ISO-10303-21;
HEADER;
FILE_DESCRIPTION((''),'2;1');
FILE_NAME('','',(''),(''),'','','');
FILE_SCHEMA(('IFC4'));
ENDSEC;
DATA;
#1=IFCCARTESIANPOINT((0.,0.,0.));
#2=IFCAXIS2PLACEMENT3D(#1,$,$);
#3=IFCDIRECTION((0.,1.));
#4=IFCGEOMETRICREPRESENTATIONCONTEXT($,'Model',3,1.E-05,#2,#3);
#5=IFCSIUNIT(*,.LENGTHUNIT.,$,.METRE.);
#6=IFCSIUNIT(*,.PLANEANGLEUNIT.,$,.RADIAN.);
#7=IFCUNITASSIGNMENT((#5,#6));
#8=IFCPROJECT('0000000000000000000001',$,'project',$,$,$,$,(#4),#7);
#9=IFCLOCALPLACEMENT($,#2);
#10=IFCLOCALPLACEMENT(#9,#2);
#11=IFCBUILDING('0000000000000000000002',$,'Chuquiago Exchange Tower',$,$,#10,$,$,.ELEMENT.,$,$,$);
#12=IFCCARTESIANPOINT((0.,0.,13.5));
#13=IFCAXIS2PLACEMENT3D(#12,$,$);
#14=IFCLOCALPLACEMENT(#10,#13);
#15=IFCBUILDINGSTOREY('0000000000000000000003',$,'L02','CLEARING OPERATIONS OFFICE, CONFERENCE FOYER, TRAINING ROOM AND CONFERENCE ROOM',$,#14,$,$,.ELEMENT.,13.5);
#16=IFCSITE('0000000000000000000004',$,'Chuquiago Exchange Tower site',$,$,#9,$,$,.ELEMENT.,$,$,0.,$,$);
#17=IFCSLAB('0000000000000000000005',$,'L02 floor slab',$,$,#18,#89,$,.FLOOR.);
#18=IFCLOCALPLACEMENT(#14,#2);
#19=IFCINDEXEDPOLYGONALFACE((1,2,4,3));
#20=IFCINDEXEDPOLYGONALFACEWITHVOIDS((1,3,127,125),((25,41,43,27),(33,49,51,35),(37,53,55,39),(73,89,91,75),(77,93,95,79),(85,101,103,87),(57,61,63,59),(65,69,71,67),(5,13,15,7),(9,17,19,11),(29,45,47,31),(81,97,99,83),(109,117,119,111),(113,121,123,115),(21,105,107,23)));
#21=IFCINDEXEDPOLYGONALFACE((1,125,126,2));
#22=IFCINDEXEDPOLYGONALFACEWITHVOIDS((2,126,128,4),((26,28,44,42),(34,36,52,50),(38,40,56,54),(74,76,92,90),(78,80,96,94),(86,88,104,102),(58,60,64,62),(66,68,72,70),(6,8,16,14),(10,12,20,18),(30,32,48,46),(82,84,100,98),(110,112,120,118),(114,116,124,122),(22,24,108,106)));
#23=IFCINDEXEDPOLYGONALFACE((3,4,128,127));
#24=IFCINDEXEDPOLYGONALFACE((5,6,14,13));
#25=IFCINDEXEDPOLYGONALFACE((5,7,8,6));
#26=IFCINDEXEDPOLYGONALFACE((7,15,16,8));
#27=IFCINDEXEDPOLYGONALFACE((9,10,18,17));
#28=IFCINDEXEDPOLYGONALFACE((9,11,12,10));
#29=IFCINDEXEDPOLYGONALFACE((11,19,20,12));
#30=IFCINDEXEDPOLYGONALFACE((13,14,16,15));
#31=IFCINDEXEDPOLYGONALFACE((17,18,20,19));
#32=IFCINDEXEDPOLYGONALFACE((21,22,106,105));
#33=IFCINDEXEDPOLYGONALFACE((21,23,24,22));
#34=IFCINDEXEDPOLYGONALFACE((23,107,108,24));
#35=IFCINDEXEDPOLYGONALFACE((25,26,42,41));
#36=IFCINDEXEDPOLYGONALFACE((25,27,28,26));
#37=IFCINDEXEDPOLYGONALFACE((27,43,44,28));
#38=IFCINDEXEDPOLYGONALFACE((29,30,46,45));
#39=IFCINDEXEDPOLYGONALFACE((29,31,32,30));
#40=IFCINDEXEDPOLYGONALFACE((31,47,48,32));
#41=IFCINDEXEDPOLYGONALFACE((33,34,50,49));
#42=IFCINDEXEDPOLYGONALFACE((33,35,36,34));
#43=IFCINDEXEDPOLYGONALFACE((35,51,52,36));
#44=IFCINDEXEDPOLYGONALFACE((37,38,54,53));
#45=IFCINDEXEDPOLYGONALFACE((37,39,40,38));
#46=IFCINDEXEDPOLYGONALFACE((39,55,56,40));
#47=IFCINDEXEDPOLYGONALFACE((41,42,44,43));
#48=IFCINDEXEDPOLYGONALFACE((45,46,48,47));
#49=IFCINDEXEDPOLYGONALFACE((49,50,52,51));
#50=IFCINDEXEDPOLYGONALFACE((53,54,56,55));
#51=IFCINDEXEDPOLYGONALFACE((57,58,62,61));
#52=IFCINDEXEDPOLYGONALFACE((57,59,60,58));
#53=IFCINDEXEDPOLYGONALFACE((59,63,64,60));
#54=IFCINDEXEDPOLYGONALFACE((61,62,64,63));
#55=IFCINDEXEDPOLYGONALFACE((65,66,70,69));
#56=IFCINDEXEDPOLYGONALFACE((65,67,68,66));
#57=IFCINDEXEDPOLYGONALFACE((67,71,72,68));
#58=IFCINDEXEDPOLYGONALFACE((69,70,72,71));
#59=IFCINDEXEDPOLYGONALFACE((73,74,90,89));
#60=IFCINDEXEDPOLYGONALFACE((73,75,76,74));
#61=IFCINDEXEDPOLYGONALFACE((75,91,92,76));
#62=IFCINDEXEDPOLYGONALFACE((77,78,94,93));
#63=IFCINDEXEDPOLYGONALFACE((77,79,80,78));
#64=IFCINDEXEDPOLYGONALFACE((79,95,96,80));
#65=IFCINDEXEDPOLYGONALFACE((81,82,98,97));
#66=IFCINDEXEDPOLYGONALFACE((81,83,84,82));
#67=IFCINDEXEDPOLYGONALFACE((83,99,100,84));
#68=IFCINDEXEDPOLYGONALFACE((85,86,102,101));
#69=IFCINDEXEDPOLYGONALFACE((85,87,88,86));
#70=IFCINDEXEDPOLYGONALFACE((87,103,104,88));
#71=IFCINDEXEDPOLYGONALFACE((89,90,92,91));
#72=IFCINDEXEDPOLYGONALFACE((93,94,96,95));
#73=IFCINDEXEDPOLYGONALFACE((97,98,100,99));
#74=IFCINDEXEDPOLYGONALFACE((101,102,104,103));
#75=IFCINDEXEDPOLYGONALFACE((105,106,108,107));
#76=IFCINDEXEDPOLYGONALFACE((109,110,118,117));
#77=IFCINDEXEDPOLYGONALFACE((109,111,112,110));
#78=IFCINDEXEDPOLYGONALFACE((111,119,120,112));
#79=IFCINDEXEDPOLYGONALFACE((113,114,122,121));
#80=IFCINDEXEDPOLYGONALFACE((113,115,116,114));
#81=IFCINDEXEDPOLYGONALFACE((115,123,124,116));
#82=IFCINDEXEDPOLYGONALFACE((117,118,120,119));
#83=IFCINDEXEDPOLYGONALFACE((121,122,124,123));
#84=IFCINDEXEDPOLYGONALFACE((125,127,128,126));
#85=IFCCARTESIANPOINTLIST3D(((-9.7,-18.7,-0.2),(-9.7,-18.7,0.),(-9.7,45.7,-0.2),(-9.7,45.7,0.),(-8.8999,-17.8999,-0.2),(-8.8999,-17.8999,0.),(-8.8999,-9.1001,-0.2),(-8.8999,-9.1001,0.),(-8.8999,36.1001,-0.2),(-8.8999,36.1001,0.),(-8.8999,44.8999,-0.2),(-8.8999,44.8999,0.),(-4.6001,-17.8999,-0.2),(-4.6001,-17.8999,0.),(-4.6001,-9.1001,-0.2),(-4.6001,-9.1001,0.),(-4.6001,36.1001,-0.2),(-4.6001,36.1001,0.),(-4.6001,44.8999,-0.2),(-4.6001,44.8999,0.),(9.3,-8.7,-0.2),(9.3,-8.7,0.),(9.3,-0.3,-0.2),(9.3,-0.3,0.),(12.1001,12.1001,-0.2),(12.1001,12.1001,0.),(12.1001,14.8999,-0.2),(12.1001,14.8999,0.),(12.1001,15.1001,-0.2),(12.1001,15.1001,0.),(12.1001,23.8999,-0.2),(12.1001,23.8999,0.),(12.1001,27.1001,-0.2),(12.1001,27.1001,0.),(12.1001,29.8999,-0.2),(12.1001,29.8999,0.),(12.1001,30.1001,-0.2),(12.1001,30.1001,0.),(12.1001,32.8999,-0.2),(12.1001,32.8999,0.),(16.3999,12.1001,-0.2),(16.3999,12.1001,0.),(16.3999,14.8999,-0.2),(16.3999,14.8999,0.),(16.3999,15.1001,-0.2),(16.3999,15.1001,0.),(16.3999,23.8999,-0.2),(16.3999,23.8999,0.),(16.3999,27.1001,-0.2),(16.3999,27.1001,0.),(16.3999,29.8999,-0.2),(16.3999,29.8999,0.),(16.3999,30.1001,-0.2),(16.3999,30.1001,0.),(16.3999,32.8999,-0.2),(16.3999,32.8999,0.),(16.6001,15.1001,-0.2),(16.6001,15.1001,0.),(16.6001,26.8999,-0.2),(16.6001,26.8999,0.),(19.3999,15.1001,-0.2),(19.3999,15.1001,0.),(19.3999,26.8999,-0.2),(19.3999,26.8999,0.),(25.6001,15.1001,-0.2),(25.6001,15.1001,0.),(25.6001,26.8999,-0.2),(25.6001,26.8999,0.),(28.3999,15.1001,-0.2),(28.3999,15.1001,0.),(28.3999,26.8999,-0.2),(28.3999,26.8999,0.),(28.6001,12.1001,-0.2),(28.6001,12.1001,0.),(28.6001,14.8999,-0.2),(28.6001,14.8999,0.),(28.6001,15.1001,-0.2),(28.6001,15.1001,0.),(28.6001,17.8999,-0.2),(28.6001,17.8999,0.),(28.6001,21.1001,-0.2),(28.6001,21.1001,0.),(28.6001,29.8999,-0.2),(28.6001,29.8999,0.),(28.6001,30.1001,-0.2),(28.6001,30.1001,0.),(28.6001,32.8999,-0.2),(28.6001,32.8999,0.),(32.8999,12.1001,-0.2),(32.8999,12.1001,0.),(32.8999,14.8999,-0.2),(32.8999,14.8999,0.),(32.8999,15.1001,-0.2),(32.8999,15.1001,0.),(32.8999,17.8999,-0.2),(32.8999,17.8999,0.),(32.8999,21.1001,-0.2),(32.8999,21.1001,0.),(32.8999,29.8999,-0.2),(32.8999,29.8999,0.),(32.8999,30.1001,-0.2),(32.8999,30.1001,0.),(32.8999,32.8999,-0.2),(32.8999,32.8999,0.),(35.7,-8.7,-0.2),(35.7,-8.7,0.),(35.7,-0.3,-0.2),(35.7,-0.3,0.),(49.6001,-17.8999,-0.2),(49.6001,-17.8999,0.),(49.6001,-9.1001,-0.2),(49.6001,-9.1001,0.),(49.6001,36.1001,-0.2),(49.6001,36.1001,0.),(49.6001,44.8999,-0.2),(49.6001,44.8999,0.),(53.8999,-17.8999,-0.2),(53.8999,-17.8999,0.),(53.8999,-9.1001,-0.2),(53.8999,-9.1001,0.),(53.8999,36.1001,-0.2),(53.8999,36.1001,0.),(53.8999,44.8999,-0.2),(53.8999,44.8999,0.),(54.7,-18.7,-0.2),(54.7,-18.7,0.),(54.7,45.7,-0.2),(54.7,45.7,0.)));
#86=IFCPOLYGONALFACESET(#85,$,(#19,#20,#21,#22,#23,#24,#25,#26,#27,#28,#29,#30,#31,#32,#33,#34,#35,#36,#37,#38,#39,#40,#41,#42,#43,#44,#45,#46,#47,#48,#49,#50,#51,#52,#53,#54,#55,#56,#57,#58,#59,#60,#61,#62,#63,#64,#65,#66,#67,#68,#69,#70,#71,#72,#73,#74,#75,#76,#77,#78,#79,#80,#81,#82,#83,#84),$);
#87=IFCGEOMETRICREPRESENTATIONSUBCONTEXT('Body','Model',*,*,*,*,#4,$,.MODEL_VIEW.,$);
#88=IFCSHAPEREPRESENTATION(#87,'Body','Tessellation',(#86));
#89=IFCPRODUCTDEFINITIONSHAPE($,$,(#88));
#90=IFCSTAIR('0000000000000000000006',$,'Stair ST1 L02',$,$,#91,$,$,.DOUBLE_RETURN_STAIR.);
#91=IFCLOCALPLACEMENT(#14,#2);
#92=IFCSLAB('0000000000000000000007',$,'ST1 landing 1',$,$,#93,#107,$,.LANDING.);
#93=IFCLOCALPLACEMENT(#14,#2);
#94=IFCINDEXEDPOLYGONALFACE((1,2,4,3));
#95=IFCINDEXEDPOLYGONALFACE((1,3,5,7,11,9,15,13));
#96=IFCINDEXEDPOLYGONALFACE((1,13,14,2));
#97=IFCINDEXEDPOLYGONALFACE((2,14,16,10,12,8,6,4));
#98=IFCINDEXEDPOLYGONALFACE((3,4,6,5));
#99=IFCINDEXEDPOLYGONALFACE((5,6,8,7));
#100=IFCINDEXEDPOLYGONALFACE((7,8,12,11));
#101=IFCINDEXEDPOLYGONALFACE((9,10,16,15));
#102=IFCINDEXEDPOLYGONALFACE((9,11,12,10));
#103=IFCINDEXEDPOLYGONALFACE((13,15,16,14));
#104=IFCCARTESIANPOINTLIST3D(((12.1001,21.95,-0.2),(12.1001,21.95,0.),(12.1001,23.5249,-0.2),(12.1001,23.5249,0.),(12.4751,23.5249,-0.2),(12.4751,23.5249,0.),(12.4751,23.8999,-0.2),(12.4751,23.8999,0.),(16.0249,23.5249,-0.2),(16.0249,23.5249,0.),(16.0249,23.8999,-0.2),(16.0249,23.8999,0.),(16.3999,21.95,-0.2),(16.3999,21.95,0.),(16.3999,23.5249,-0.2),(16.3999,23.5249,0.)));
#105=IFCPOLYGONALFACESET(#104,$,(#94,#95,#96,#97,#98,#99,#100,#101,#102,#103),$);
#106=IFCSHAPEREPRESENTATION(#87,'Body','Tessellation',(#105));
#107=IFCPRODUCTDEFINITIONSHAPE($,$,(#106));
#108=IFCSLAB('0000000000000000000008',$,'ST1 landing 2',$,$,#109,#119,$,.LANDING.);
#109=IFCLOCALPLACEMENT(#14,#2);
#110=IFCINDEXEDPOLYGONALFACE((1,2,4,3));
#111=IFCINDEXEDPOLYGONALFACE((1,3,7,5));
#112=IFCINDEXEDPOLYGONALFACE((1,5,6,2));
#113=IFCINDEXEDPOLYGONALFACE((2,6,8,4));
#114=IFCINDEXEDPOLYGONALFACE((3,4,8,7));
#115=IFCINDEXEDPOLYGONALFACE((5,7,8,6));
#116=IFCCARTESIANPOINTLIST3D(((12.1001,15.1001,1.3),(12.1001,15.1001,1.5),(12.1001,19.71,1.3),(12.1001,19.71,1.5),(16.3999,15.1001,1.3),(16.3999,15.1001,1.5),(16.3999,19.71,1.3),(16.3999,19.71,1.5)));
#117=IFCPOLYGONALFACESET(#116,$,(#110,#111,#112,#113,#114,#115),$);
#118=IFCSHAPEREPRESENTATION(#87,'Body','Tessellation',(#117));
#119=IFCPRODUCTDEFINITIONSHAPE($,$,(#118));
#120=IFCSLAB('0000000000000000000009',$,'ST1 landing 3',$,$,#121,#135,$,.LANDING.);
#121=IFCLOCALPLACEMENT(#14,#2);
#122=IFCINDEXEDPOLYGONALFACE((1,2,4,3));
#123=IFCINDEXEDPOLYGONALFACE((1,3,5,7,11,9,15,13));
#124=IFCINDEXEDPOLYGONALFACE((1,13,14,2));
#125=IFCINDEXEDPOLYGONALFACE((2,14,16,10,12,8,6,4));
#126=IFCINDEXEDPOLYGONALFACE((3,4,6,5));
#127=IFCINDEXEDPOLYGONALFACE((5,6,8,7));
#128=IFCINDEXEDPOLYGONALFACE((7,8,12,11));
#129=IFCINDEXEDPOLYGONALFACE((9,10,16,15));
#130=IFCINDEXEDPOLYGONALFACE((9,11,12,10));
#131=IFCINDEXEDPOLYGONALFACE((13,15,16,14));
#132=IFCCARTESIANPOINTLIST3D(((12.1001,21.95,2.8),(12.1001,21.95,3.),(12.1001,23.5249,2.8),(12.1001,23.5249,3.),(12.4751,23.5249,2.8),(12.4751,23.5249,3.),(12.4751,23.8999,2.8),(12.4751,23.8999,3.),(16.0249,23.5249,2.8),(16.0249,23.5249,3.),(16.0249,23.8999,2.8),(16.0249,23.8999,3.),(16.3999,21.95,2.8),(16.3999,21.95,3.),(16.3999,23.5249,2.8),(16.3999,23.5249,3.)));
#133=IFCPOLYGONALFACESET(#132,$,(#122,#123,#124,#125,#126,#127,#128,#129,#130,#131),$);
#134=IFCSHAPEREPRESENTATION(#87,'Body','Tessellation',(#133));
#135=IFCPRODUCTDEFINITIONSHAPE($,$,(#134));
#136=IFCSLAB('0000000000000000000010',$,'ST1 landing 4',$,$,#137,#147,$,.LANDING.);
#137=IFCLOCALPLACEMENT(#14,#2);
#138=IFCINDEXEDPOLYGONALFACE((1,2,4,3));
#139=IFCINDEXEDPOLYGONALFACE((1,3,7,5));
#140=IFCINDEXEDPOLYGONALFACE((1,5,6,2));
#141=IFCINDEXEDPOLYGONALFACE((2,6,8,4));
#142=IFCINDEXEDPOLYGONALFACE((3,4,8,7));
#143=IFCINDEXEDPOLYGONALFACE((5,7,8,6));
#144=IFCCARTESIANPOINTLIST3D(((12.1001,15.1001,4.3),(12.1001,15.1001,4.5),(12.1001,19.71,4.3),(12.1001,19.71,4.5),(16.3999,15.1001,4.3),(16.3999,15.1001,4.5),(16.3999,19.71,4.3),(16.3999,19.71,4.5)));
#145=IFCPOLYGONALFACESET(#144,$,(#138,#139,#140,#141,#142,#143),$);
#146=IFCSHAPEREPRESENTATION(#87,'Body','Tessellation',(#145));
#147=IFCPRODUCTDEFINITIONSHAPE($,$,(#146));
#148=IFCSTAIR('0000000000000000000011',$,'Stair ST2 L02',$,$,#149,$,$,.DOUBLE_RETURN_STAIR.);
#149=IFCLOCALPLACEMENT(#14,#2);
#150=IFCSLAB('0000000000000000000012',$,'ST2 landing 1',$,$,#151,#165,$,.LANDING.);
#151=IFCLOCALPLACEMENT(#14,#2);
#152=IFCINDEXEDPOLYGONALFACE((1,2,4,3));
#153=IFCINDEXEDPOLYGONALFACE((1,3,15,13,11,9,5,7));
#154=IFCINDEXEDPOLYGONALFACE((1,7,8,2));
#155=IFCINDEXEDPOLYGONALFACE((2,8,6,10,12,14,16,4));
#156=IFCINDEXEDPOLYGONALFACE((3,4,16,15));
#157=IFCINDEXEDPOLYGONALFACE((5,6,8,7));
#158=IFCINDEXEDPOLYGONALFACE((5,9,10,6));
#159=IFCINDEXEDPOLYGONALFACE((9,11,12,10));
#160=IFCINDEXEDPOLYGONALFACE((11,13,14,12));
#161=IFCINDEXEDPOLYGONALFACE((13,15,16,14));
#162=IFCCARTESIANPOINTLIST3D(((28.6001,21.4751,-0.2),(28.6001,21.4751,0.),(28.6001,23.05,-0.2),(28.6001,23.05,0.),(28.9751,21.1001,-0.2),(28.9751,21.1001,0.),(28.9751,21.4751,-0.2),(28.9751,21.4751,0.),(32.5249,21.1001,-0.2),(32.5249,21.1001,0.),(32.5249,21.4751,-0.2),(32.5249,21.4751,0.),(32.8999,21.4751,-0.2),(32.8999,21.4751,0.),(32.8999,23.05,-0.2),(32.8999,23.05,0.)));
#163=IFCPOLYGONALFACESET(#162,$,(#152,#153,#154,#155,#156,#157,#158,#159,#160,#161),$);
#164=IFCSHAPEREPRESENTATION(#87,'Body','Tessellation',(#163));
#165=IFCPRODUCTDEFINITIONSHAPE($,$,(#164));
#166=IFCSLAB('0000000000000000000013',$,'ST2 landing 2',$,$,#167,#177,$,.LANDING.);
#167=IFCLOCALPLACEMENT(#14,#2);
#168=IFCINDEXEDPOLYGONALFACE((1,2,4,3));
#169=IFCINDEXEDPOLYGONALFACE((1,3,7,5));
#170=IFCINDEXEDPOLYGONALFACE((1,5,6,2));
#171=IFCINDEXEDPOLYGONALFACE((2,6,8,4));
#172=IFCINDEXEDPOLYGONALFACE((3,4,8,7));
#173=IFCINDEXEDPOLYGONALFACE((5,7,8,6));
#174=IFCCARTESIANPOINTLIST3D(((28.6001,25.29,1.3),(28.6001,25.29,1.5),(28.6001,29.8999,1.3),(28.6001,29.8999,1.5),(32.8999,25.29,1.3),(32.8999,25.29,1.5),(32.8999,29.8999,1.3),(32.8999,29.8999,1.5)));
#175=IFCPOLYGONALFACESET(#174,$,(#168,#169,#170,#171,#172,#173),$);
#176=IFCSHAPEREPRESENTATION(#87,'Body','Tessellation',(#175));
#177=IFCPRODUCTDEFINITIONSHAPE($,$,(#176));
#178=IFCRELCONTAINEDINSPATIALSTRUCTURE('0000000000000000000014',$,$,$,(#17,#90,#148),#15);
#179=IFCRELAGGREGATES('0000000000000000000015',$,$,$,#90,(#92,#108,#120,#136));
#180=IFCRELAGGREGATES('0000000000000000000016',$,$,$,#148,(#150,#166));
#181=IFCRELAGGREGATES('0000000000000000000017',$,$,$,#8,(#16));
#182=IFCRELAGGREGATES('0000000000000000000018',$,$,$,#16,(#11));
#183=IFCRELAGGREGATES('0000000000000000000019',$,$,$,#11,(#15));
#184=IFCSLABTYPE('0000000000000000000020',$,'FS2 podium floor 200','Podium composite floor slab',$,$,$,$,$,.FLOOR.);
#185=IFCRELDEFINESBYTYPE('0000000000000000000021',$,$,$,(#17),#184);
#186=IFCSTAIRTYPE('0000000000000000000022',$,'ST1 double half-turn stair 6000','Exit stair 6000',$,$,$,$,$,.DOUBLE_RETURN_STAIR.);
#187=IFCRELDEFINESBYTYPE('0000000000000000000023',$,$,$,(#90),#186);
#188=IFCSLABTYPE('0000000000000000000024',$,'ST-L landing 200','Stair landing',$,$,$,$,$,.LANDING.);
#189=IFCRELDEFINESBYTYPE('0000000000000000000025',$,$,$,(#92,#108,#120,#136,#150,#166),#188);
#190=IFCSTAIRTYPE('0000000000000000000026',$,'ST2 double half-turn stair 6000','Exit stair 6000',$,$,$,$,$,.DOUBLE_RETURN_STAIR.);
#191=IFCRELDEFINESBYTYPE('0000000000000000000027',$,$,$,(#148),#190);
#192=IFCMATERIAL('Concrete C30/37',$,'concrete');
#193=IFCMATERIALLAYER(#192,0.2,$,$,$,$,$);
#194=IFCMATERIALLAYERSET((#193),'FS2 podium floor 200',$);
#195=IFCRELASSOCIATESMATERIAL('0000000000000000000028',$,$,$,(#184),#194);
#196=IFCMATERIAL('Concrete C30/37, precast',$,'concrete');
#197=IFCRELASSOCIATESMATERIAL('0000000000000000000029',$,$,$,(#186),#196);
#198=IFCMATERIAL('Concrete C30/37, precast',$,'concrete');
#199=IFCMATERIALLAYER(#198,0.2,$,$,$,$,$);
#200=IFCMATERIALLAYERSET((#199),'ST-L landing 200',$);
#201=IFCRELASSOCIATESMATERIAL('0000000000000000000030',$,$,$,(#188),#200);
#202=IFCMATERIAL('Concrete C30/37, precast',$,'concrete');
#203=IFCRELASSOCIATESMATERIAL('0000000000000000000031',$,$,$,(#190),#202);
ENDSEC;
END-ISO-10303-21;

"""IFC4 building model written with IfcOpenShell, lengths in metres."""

from ifc_helpers import new_model, si_unit, direction, frame, origin, place, context, subcontext, project, spatial, polyline, outline, extrude, material, layer, layer_set, type_object, element, aggregate, save


model = new_model("IFC4")

# Units and contexts
model_context = context("Model", 3, precision=1e-05, world=origin(), true_north=direction((0.0, 1.0)))
body_context = subcontext(model_context, "Body", "Model", "MODEL_VIEW")
ifc_project = project(units=[si_unit("LENGTHUNIT", "METRE"), si_unit("PLANEANGLEUNIT", "RADIAN")], contexts=[model_context])

# Site, building, storey
site_placement = place(None, origin())
site = spatial("IfcSite", under=ifc_project, at=site_placement, Name="Chuquiago Exchange Tower site", CompositionType="ELEMENT", RefElevation=0.0)
building_placement = place(site_placement, origin())
building = spatial("IfcBuilding", under=site, at=building_placement, Name="Chuquiago Exchange Tower", CompositionType="ELEMENT")
storey_placement = place(building_placement, frame((0.0, 0.0, 13.5)))
storey = spatial("IfcBuildingStorey", under=building, at=storey_placement, Name="L02", Description="CLEARING OPERATIONS OFFICE, CONFERENCE FOYER, TRAINING ROOM AND CONFERENCE ROOM", CompositionType="ELEMENT", Elevation=13.5)

# Slab
ifc_material_1 = material(Name="Concrete C30/37", Category="concrete")
ifc_layer_1 = layer(ifc_material_1, 0.2)
ifc_layer_set_1 = layer_set([ifc_layer_1], Name="FS2 podium floor 200")
slab_type_1 = type_object("IfcSlabType", Name="FS2 podium floor 200", Description="Podium composite floor slab", PredefinedType="FLOOR", material=ifc_layer_set_1)
slab_1_placement = place(storey_placement, frame((0.0, 0.0, -0.2)))
element("IfcSlab", 1, at=slab_1_placement, inside=storey, type_object=slab_type_1, Name="L02 floor slab", PredefinedType="FLOOR", context=body_context, shape_type="SweptSolid", body=[
    extrude(outline(polyline([(54.7, -18.7), (54.7, 45.7), (-9.7, 45.7), (-9.7, -18.7), (54.7, -18.7)]), holes=[polyline([(16.3999, 15.1001), (12.1001, 15.1001), (12.1001, 23.8999), (16.3999, 23.8999), (16.3999, 15.1001)]), polyline([(32.8999, 21.1001), (28.6001, 21.1001), (28.6001, 29.8999), (32.8999, 29.8999), (32.8999, 21.1001)]), polyline([(16.3999, 12.1001), (12.1001, 12.1001), (12.1001, 14.8999), (16.3999, 14.8999), (16.3999, 12.1001)]), polyline([(16.3999, 30.1001), (12.1001, 30.1001), (12.1001, 32.8999), (16.3999, 32.8999), (16.3999, 30.1001)]), polyline([(32.8999, 12.1001), (28.6001, 12.1001), (28.6001, 14.8999), (32.8999, 14.8999), (32.8999, 12.1001)]), polyline([(32.8999, 30.1001), (28.6001, 30.1001), (28.6001, 32.8999), (32.8999, 32.8999), (32.8999, 30.1001)]), polyline([(16.3999, 27.1001), (12.1001, 27.1001), (12.1001, 29.8999), (16.3999, 29.8999), (16.3999, 27.1001)]), polyline([(32.8999, 15.1001), (28.6001, 15.1001), (28.6001, 17.8999), (32.8999, 17.8999), (32.8999, 15.1001)]), polyline([(19.3999, 15.1001), (16.6001, 15.1001), (16.6001, 26.8999), (19.3999, 26.8999), (19.3999, 15.1001)]), polyline([(28.3999, 15.1001), (25.6001, 15.1001), (25.6001, 26.8999), (28.3999, 26.8999), (28.3999, 15.1001)]), polyline([(-4.6001, -17.8999), (-8.8999, -17.8999), (-8.8999, -9.1001), (-4.6001, -9.1001), (-4.6001, -17.8999)]), polyline([(53.8999, -17.8999), (49.6001, -17.8999), (49.6001, -9.1001), (53.8999, -9.1001), (53.8999, -17.8999)]), polyline([(-4.6001, 36.1001), (-8.8999, 36.1001), (-8.8999, 44.8999), (-4.6001, 44.8999), (-4.6001, 36.1001)]), polyline([(53.8999, 36.1001), (49.6001, 36.1001), (49.6001, 44.8999), (53.8999, 44.8999), (53.8999, 36.1001)]), polyline([(35.7, -8.7), (35.7, -0.3), (9.3, -0.3), (9.3, -8.7), (35.7, -8.7)])]), origin(), (0.0, 0.0, 1.0), 0.2),
])

# Stairs, slabs
ifc_material_2 = material(Name="Concrete C30/37, precast", Category="concrete")
stair_type_1 = type_object("IfcStairType", Name="ST1 double half-turn stair 6000", Description="Exit stair 6000", PredefinedType="DOUBLE_RETURN_STAIR", material=ifc_material_2)
stair_1_placement = place(storey_placement, origin())
stair_1 = element("IfcStair", 2, at=stair_1_placement, inside=storey, type_object=stair_type_1, Name="Stair ST1 L02", PredefinedType="DOUBLE_RETURN_STAIR")
ifc_material_3 = material(Name="Concrete C30/37, precast", Category="concrete")
ifc_layer_2 = layer(ifc_material_3, 0.2)
ifc_layer_set_2 = layer_set([ifc_layer_2], Name="ST-L landing 200")
slab_type_2 = type_object("IfcSlabType", Name="ST-L landing 200", Description="Stair landing", PredefinedType="LANDING", material=ifc_layer_set_2)
slab_2_placement = place(storey_placement, frame((0.0, 0.0, -0.2)))
slab_2 = element("IfcSlab", 3, at=slab_2_placement, type_object=slab_type_2, Name="ST1 landing 1", PredefinedType="LANDING", context=body_context, shape_type="SweptSolid", body=[
    extrude(outline(polyline([(12.4751, 23.8999), (16.0249, 23.8999), (16.0249, 23.5249), (16.3999, 23.5249), (16.3999, 21.95), (12.1001, 21.95), (12.1001, 23.5249), (12.4751, 23.5249), (12.4751, 23.8999)])), origin(), (0.0, 0.0, 1.0), 0.2),
])
slab_3_placement = place(storey_placement, frame((0.0, 0.0, 1.3)))
slab_3 = element("IfcSlab", 4, at=slab_3_placement, type_object=slab_type_2, Name="ST1 landing 2", PredefinedType="LANDING", context=body_context, shape_type="SweptSolid", body=[
    extrude(outline(polyline([(12.1001, 19.71), (16.3999, 19.71), (16.3999, 15.1001), (12.1001, 15.1001), (12.1001, 19.71)])), origin(), (0.0, 0.0, 1.0), 0.2),
])
slab_4_placement = place(storey_placement, frame((0.0, 0.0, 2.8)))
slab_4 = element("IfcSlab", 5, at=slab_4_placement, type_object=slab_type_2, Name="ST1 landing 3", PredefinedType="LANDING", context=body_context, shape_type="SweptSolid", body=[
    extrude(outline(polyline([(12.4751, 23.8999), (16.0249, 23.8999), (16.0249, 23.5249), (16.3999, 23.5249), (16.3999, 21.95), (12.1001, 21.95), (12.1001, 23.5249), (12.4751, 23.5249), (12.4751, 23.8999)])), origin(), (0.0, 0.0, 1.0), 0.2),
])
slab_5_placement = place(storey_placement, frame((0.0, 0.0, 4.3)))
slab_5 = element("IfcSlab", 6, at=slab_5_placement, type_object=slab_type_2, Name="ST1 landing 4", PredefinedType="LANDING", context=body_context, shape_type="SweptSolid", body=[
    extrude(outline(polyline([(12.1001, 19.71), (16.3999, 19.71), (16.3999, 15.1001), (12.1001, 15.1001), (12.1001, 19.71)])), origin(), (0.0, 0.0, 1.0), 0.2),
])
aggregate(stair_1, [slab_2, slab_3, slab_4, slab_5])
ifc_material_4 = material(Name="Concrete C30/37, precast", Category="concrete")
stair_type_2 = type_object("IfcStairType", Name="ST2 double half-turn stair 6000", Description="Exit stair 6000", PredefinedType="DOUBLE_RETURN_STAIR", material=ifc_material_4)
stair_2_placement = place(storey_placement, origin())
stair_2 = element("IfcStair", 7, at=stair_2_placement, inside=storey, type_object=stair_type_2, Name="Stair ST2 L02", PredefinedType="DOUBLE_RETURN_STAIR")
slab_6_placement = place(storey_placement, frame((0.0, 0.0, -0.2)))
slab_6 = element("IfcSlab", 8, at=slab_6_placement, type_object=slab_type_2, Name="ST2 landing 1", PredefinedType="LANDING", context=body_context, shape_type="SweptSolid", body=[
    extrude(outline(polyline([(32.5249, 21.4751), (32.5249, 21.1001), (28.9751, 21.1001), (28.9751, 21.4751), (28.6001, 21.4751), (28.6001, 23.05), (32.8999, 23.05), (32.8999, 21.4751), (32.5249, 21.4751)])), origin(), (0.0, 0.0, 1.0), 0.2),
])
slab_7_placement = place(storey_placement, frame((0.0, 0.0, 1.3)))
slab_7 = element("IfcSlab", 9, at=slab_7_placement, type_object=slab_type_2, Name="ST2 landing 2", PredefinedType="LANDING", context=body_context, shape_type="SweptSolid", body=[
    extrude(outline(polyline([(28.6001, 29.8999), (32.8999, 29.8999), (32.8999, 25.29), (28.6001, 25.29), (28.6001, 29.8999)])), origin(), (0.0, 0.0, 1.0), 0.2),
])
aggregate(stair_2, [slab_6, slab_7])

save(model, "model.ifc")
